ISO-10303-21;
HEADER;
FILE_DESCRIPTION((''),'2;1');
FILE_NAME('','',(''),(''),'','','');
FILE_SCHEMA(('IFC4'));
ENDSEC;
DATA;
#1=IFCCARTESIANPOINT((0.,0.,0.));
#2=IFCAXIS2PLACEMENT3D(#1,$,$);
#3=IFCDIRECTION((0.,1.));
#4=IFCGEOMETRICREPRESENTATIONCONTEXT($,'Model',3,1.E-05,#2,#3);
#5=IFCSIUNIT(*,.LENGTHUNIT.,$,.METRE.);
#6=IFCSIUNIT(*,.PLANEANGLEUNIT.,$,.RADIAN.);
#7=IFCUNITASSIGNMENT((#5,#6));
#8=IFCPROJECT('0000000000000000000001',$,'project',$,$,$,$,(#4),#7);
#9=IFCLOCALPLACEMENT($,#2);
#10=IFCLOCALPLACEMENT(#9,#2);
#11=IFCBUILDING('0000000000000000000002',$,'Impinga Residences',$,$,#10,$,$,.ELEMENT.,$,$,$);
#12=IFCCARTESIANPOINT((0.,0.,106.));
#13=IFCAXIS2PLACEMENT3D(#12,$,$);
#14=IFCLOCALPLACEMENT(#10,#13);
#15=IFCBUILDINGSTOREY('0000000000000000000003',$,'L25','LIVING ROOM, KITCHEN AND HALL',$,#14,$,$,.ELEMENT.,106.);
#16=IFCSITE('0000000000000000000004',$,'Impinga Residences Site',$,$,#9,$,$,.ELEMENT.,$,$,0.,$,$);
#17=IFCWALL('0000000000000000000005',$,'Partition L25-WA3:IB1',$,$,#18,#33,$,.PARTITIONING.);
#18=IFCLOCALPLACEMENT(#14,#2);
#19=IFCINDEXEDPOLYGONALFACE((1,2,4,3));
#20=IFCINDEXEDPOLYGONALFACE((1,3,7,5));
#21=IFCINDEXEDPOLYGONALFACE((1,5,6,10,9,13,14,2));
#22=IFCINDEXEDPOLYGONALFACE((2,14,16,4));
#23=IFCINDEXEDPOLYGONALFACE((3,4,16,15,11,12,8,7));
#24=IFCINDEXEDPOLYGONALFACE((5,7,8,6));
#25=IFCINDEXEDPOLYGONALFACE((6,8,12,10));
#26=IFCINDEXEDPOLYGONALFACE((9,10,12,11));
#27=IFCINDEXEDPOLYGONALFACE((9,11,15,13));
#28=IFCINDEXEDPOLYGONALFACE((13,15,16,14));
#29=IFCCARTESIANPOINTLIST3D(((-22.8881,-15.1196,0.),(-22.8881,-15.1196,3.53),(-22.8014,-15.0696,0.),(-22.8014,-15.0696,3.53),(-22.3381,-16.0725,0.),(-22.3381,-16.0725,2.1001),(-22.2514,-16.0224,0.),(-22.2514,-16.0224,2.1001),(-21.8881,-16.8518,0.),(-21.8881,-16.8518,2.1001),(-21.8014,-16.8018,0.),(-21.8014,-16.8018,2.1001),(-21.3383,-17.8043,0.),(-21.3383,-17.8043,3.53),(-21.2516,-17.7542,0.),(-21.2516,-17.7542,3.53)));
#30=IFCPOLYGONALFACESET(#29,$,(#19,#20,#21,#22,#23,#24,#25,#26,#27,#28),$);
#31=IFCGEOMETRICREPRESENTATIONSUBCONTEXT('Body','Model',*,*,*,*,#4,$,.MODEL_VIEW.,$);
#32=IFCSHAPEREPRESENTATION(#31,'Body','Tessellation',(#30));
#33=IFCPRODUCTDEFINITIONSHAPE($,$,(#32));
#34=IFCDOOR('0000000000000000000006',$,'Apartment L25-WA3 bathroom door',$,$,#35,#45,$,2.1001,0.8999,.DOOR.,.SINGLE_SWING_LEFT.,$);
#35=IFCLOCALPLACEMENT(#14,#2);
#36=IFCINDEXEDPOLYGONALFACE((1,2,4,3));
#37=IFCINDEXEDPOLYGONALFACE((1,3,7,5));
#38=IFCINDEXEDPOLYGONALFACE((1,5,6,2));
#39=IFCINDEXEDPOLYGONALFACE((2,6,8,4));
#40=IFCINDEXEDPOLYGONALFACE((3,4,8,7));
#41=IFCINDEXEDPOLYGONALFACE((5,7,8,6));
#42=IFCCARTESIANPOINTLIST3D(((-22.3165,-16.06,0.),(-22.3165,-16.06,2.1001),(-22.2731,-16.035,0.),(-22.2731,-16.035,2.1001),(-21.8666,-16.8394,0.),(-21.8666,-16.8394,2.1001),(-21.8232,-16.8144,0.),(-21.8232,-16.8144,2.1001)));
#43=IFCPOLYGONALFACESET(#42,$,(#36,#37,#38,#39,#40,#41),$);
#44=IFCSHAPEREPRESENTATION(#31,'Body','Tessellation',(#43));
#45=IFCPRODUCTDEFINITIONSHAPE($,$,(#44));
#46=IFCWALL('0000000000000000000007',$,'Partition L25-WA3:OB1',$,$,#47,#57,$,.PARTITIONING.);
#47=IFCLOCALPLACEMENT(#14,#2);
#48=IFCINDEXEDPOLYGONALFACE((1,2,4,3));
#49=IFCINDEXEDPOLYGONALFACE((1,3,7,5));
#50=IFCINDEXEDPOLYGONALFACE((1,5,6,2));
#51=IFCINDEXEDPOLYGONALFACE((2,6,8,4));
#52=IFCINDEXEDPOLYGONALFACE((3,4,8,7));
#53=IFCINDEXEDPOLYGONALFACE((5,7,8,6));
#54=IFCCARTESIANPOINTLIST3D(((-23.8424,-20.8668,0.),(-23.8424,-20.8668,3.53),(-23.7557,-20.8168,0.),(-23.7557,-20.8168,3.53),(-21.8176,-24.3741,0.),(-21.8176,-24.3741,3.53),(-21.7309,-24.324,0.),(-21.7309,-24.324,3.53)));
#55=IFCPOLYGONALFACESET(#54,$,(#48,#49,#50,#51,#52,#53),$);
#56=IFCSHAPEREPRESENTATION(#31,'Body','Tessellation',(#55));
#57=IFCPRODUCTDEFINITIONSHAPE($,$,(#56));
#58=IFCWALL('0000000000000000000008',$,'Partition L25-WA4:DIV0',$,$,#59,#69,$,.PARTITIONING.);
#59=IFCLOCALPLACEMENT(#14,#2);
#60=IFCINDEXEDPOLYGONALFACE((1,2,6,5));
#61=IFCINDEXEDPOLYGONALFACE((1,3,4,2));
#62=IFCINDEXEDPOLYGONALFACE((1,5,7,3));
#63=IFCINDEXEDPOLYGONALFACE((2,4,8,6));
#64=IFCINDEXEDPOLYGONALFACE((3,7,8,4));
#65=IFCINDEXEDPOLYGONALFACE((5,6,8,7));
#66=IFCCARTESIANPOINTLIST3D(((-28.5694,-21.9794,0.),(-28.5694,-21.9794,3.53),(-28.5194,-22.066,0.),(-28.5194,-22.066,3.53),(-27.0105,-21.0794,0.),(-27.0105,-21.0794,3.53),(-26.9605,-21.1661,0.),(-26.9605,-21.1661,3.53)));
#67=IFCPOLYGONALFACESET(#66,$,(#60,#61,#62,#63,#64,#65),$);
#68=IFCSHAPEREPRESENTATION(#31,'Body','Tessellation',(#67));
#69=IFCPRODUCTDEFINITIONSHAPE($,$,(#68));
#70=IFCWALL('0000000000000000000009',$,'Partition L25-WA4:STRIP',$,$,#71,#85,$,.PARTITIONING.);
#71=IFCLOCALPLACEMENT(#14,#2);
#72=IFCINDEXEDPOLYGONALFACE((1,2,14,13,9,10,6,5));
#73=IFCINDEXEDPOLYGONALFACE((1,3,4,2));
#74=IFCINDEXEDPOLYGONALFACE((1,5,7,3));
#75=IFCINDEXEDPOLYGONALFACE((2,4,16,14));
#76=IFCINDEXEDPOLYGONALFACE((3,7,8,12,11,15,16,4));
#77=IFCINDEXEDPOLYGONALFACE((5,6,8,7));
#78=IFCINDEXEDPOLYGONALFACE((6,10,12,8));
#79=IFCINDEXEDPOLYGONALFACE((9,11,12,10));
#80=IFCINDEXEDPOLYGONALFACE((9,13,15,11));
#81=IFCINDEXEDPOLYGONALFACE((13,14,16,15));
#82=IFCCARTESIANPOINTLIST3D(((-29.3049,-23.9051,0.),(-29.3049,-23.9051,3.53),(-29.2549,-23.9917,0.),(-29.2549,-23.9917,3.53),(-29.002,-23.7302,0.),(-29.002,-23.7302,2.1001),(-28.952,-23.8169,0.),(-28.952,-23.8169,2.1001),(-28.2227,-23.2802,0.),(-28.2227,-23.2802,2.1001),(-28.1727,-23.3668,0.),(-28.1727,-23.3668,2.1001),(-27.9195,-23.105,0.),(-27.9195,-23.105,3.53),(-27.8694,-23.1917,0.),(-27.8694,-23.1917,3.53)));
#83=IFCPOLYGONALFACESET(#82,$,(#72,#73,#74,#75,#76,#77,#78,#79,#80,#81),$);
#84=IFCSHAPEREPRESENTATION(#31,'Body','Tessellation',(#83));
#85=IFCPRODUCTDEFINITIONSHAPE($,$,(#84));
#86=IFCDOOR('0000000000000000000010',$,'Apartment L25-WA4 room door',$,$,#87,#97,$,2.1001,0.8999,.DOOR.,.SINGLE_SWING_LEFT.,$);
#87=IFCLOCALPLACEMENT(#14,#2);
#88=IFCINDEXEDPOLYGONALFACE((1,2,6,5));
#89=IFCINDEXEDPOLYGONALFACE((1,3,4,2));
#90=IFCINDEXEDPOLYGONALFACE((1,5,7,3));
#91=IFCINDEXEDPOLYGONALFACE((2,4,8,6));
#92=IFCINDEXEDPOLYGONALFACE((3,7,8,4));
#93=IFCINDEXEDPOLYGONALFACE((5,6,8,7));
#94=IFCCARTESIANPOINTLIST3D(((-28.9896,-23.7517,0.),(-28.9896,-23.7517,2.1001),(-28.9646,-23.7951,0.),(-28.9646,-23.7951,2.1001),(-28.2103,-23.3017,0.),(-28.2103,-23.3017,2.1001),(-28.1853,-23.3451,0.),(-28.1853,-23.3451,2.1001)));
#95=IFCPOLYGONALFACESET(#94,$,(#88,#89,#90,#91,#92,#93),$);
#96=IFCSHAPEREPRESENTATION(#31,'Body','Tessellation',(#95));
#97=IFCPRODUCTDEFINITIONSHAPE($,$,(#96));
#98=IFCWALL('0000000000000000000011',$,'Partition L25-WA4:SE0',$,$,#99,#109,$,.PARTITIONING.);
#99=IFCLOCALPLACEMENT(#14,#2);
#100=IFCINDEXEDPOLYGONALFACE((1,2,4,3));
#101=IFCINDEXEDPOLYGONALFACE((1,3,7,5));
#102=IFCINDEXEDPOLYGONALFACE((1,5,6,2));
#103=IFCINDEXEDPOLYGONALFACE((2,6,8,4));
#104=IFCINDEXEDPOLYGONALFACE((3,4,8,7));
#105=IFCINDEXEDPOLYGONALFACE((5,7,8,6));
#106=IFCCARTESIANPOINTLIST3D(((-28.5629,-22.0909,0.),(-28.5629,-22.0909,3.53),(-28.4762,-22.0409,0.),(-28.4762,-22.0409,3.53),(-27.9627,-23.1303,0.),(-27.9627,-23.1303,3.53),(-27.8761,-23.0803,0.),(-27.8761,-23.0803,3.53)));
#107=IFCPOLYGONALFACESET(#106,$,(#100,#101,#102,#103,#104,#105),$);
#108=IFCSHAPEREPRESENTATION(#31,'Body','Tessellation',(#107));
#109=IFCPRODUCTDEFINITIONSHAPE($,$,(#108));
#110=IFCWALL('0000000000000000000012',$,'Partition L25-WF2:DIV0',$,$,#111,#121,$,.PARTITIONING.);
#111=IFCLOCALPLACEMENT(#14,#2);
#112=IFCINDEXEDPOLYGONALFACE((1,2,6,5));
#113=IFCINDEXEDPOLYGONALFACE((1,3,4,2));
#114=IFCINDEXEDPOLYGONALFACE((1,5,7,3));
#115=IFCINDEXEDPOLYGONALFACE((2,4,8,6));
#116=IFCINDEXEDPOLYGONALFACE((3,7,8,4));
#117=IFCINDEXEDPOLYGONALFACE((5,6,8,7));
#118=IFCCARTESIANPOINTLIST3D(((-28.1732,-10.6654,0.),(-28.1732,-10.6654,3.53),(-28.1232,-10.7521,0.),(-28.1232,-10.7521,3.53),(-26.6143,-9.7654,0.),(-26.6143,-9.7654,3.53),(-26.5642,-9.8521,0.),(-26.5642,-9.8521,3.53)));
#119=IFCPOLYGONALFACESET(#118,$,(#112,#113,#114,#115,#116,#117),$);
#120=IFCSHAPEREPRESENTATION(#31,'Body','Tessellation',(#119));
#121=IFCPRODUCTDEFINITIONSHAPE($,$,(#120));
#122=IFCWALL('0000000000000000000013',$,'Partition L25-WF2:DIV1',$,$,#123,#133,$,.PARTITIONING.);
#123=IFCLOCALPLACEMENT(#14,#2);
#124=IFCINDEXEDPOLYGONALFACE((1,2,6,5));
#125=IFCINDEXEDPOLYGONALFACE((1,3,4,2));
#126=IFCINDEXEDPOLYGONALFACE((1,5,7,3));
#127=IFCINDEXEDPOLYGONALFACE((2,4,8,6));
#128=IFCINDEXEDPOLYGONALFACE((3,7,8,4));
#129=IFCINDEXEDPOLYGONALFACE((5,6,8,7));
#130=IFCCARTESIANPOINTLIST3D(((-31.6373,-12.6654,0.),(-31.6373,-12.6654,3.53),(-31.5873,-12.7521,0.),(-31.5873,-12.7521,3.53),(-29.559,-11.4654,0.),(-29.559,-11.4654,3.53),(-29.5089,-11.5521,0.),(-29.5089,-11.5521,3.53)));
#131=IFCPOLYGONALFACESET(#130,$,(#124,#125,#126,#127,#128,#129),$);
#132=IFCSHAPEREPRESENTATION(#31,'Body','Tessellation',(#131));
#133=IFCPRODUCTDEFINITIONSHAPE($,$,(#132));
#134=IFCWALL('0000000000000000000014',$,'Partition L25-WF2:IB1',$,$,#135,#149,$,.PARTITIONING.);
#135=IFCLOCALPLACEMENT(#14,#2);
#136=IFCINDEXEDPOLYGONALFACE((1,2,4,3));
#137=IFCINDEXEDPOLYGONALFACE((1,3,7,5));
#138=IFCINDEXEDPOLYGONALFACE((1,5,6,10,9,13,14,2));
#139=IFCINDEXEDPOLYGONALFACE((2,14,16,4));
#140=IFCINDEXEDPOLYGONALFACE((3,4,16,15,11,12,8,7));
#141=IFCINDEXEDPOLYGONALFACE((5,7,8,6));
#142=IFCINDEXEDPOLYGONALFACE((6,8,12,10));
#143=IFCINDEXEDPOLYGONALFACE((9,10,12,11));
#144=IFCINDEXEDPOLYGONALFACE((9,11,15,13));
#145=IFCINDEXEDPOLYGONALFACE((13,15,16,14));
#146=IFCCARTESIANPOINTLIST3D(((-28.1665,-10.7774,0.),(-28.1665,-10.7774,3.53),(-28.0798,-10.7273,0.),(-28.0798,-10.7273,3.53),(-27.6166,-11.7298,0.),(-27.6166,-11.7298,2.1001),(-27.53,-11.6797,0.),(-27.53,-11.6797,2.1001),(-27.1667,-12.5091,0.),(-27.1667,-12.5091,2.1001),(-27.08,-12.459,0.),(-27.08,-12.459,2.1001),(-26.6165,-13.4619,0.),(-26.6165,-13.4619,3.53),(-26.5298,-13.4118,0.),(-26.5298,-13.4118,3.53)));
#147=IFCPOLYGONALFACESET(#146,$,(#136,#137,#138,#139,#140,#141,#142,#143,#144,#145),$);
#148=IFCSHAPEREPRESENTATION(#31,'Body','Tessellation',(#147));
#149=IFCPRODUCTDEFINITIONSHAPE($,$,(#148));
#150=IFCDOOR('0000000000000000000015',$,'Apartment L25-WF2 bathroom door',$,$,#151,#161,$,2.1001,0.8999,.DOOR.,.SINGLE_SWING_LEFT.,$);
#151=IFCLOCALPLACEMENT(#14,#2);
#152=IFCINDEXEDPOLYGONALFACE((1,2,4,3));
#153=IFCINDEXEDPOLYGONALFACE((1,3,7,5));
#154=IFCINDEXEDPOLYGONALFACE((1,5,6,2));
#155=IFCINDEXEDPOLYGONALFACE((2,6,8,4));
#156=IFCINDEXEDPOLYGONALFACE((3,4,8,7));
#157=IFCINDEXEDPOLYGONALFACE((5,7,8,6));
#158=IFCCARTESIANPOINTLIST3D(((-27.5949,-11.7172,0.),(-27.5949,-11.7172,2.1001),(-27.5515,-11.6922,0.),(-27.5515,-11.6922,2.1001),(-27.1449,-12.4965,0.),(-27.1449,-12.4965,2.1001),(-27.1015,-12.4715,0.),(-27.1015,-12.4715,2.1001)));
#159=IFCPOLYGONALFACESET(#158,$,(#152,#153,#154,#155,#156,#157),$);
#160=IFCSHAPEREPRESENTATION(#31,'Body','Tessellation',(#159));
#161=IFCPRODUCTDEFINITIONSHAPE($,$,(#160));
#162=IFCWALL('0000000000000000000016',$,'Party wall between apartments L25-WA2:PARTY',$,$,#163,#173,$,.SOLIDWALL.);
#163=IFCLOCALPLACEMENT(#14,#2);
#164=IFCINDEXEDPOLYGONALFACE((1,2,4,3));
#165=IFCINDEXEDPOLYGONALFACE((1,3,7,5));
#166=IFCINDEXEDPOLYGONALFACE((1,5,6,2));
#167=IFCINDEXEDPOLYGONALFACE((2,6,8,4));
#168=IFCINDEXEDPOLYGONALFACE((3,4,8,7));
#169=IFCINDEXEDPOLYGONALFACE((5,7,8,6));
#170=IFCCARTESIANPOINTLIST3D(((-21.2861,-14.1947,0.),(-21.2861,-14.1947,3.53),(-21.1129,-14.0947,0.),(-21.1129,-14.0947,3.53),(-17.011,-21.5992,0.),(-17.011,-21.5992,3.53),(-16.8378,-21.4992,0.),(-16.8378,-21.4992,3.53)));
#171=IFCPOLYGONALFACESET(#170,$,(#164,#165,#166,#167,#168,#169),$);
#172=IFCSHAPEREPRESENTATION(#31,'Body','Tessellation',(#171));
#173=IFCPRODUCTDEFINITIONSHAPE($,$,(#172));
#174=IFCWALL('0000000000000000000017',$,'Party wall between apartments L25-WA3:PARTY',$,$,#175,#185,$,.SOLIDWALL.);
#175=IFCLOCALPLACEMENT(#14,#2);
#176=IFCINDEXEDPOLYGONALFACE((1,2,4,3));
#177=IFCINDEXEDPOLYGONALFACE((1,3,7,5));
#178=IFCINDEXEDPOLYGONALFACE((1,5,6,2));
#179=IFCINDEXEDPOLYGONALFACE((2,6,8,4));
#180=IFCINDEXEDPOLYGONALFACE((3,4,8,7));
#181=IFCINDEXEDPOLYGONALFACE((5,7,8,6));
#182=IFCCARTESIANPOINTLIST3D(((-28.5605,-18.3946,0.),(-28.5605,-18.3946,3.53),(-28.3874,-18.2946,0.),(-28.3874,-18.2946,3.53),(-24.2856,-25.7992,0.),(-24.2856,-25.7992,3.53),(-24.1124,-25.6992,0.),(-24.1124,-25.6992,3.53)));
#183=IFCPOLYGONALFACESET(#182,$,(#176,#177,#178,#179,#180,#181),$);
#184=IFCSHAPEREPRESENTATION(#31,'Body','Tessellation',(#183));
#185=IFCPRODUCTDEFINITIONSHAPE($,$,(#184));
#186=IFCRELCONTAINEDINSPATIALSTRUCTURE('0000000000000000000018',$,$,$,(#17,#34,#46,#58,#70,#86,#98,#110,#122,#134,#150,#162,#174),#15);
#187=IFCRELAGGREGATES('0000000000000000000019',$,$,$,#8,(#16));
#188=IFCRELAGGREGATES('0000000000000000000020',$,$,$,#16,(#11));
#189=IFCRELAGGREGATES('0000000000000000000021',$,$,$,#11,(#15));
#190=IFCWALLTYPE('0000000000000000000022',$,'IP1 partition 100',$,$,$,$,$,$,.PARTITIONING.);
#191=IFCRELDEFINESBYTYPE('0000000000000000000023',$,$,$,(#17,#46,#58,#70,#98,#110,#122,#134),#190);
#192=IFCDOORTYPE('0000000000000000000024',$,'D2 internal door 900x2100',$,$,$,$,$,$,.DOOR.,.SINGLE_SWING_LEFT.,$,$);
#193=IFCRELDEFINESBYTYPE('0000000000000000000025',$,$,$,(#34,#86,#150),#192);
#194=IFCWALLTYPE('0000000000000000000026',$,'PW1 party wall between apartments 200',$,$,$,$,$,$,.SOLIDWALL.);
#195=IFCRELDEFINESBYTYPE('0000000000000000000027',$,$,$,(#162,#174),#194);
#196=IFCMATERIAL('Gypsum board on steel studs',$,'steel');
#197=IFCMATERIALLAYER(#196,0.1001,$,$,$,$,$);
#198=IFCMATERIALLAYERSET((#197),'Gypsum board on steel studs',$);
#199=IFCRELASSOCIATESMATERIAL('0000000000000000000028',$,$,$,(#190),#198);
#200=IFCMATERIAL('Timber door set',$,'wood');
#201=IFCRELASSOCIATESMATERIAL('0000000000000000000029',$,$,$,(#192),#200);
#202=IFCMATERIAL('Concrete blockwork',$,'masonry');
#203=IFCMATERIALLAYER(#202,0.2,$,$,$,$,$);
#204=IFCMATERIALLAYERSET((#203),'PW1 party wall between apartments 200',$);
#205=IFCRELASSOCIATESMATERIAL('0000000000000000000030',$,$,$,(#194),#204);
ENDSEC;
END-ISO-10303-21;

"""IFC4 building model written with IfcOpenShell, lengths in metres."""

from ifc_helpers import new_model, si_unit, direction, frame, frame_2d, origin, place, context, subcontext, project, spatial, rectangle, extrude, material, layer, layer_set, type_object, element, fill, save


model = new_model("IFC4")

# Units and contexts
model_context = context("Model", 3, precision=1e-05, world=origin(), true_north=direction((0.0, 1.0)))
body_context = subcontext(model_context, "Body", "Model", "MODEL_VIEW")
ifc_project = project(units=[si_unit("LENGTHUNIT", "METRE"), si_unit("PLANEANGLEUNIT", "RADIAN")], contexts=[model_context])

# Site, building, storey
site_placement = place(None, origin())
site = spatial("IfcSite", under=ifc_project, at=site_placement, Name="Impinga Residences Site", CompositionType="ELEMENT", RefElevation=0.0)
building_placement = place(site_placement, origin())
building = spatial("IfcBuilding", under=site, at=building_placement, Name="Impinga Residences", CompositionType="ELEMENT")
storey_placement = place(building_placement, frame((0.0, 0.0, 106.0)))
storey = spatial("IfcBuildingStorey", under=building, at=storey_placement, Name="L25", Description="LIVING ROOM, KITCHEN AND HALL", CompositionType="ELEMENT", Elevation=106.0)

# Shared definitions
ifc_material_1 = material(Name="Gypsum board on steel studs", Category="steel")
ifc_layer_1 = layer(ifc_material_1, 0.1001)
ifc_layer_set_1 = layer_set([ifc_layer_1], Name="Gypsum board on steel studs")
wall_type_1 = type_object("IfcWallType", Name="IP1 partition 100", PredefinedType="PARTITIONING", material=ifc_layer_set_1)

# Shared definitions
ifc_material_2 = material(Name="Timber door set", Category="wood")
door_type = type_object("IfcDoorType", Name="D2 internal door 900x2100", OperationType="SINGLE_SWING_LEFT", PredefinedType="DOOR", material=ifc_material_2)

# Wall, opening, door
wall_1_placement = place(storey_placement, frame((-22.8447, -15.0947, 0.0), z_axis=(0.0, 0.0, 1.0), x_axis=(0.499968, -0.866044, 0.0)))
wall_1 = element("IfcWall", 1, at=wall_1_placement, inside=storey, type_object=wall_type_1, Name="Partition L25-WA3:IB1", PredefinedType="PARTITIONING", context=body_context, shape_type="SweptSolid", body=[
    extrude(rectangle(XDim=3.0999, YDim=0.1001, at=frame_2d((1.5498, 0.0))), origin(), (0.0, 0.0, 1.0), 3.53),
])
opening_1_placement = place(wall_1_placement, frame((1.1001, 0.0, 0.0)))
opening_1 = element("IfcOpeningElement", 2, at=opening_1_placement, cuts=wall_1, PredefinedType="OPENING", context=body_context, shape_type="SweptSolid", body=[
    extrude(rectangle(XDim=0.8999, YDim=2.1001, at=frame_2d((0.45, 1.05))), frame((0.0, 0.0601, 0.0), z_axis=(0.0, -1.0, 0.0), x_axis=(1.0, 0.0, 0.0)), (0.0, 0.0, 1.0), 0.1201),
])
door_1_placement = place(opening_1_placement, origin())
door_1 = element("IfcDoor", 3, at=door_1_placement, inside=storey, type_object=door_type, Name="Apartment L25-WA3 bathroom door", OperationType="SINGLE_SWING_LEFT", OverallHeight=2.1001, OverallWidth=0.8999, PredefinedType="DOOR", context=body_context, shape_type="SweptSolid", body=[
    extrude(rectangle(XDim=0.8999, YDim=2.1001, at=frame_2d((0.45, 1.05))), frame((0.0, 0.0249, 0.0), z_axis=(0.0, -1.0, 0.0), x_axis=(1.0, 0.0, 0.0)), (0.0, 0.0, 1.0), 0.05),
])
fill(opening_1, door_1)

# Walls
wall_2_placement = place(storey_placement, frame((-23.7991, -20.8418, 0.0), z_axis=(0.0, 0.0, 1.0), x_axis=(0.49999, -0.866031, 0.0)))
element("IfcWall", 4, at=wall_2_placement, inside=storey, type_object=wall_type_1, Name="Partition L25-WA3:OB1", PredefinedType="PARTITIONING", context=body_context, shape_type="SweptSolid", body=[
    extrude(rectangle(XDim=4.0498, YDim=0.1001, at=frame_2d((2.0249, 0.0))), origin(), (0.0, 0.0, 1.0), 3.53),
])
wall_3_placement = place(storey_placement, frame((-26.9856, -21.1228, 0.0), z_axis=(0.0, 0.0, 1.0), x_axis=(-0.866048, -0.499961, 0.0)))
element("IfcWall", 5, at=wall_3_placement, inside=storey, type_object=wall_type_1, Name="Partition L25-WA4:DIV0", PredefinedType="PARTITIONING", context=body_context, shape_type="SweptSolid", body=[
    extrude(rectangle(XDim=1.8, YDim=0.1001, at=frame_2d((0.8999, 0.0))), origin(), (0.0, 0.0, 1.0), 3.53),
])

# Wall, opening, door
wall_4_placement = place(storey_placement, frame((-27.8945, -23.1484, 0.0), z_axis=(0.0, 0.0, 1.0), x_axis=(-0.86599, -0.500061, 0.0)))
wall_4 = element("IfcWall", 6, at=wall_4_placement, inside=storey, type_object=wall_type_1, Name="Partition L25-WA4:STRIP", PredefinedType="PARTITIONING", context=body_context, shape_type="SweptSolid", body=[
    extrude(rectangle(XDim=1.5999, YDim=0.1001, at=frame_2d((0.7998, 0.0))), origin(), (0.0, 0.0, 1.0), 3.53),
])
opening_2_placement = place(wall_4_placement, frame((0.3501, 0.0, 0.0)))
opening_2 = element("IfcOpeningElement", 7, at=opening_2_placement, cuts=wall_4, PredefinedType="OPENING", context=body_context, shape_type="SweptSolid", body=[
    extrude(rectangle(XDim=0.8999, YDim=2.1001, at=frame_2d((0.45, 1.05))), frame((0.0, 0.0601, 0.0), z_axis=(0.0, -1.0, 0.0), x_axis=(1.0, 0.0, 0.0)), (0.0, 0.0, 1.0), 0.1201),
])
door_2_placement = place(opening_2_placement, origin())
door_2 = element("IfcDoor", 8, at=door_2_placement, inside=storey, type_object=door_type, Name="Apartment L25-WA4 room door", OperationType="SINGLE_SWING_LEFT", OverallHeight=2.1001, OverallWidth=0.8999, PredefinedType="DOOR", context=body_context, shape_type="SweptSolid", body=[
    extrude(rectangle(XDim=0.8999, YDim=2.1001, at=frame_2d((0.45, 1.05))), frame((0.0, 0.0249, 0.0), z_axis=(0.0, -1.0, 0.0), x_axis=(1.0, 0.0, 0.0)), (0.0, 0.0, 1.0), 0.05),
])
fill(opening_2, door_2)

# Walls
wall_5_placement = place(storey_placement, frame((-28.5195, -22.0659, 0.0), z_axis=(0.0, 0.0, 1.0), x_axis=(0.500034, -0.866006, 0.0)))
element("IfcWall", 9, at=wall_5_placement, inside=storey, type_object=wall_type_1, Name="Partition L25-WA4:SE0", PredefinedType="PARTITIONING", context=body_context, shape_type="SweptSolid", body=[
    extrude(rectangle(XDim=1.2002, YDim=0.1001, at=frame_2d((0.6001, 0.0))), origin(), (0.0, 0.0, 1.0), 3.53),
])
wall_6_placement = place(storey_placement, frame((-26.5894, -9.8088, 0.0), z_axis=(0.0, 0.0, 1.0), x_axis=(-0.866048, -0.499961, 0.0)))
element("IfcWall", 10, at=wall_6_placement, inside=storey, type_object=wall_type_1, Name="Partition L25-WF2:DIV0", PredefinedType="PARTITIONING", context=body_context, shape_type="SweptSolid", body=[
    extrude(rectangle(XDim=1.8, YDim=0.1001, at=frame_2d((0.8999, 0.0))), origin(), (0.0, 0.0, 1.0), 3.53),
])
wall_7_placement = place(storey_placement, frame((-29.5339, -11.5088, 0.0), z_axis=(0.0, 0.0, 1.0), x_axis=(-0.866025, -0.500001, 0.0)))
element("IfcWall", 11, at=wall_7_placement, inside=storey, type_object=wall_type_1, Name="Partition L25-WF2:DIV1", PredefinedType="PARTITIONING", context=body_context, shape_type="SweptSolid", body=[
    extrude(rectangle(XDim=2.3999, YDim=0.1001, at=frame_2d((1.2, 0.0))), origin(), (0.0, 0.0, 1.0), 3.53),
])

# Wall, opening, door
wall_8_placement = place(storey_placement, frame((-26.5732, -13.4368, 0.0), z_axis=(0.0, 0.0, 1.0), x_axis=(-0.500027, 0.86601, 0.0)))
wall_8 = element("IfcWall", 12, at=wall_8_placement, inside=storey, type_object=wall_type_1, Name="Partition L25-WF2:IB1", PredefinedType="PARTITIONING", context=body_context, shape_type="SweptSolid", body=[
    extrude(rectangle(XDim=3.0999, YDim=0.1001, at=frame_2d((1.5498, 0.0))), origin(), (0.0, 0.0, 1.0), 3.53),
])
opening_3_placement = place(wall_8_placement, frame((1.1001, 0.0, 0.0)))
opening_3 = element("IfcOpeningElement", 13, at=opening_3_placement, cuts=wall_8, PredefinedType="OPENING", context=body_context, shape_type="SweptSolid", body=[
    extrude(rectangle(XDim=0.8999, YDim=2.1001, at=frame_2d((0.45, 1.05))), frame((0.0, 0.0601, 0.0), z_axis=(0.0, -1.0, 0.0), x_axis=(1.0, 0.0, 0.0)), (0.0, 0.0, 1.0), 0.1201),
])
door_3_placement = place(opening_3_placement, origin())
door_3 = element("IfcDoor", 14, at=door_3_placement, inside=storey, type_object=door_type, Name="Apartment L25-WF2 bathroom door", OperationType="SINGLE_SWING_LEFT", OverallHeight=2.1001, OverallWidth=0.8999, PredefinedType="DOOR", context=body_context, shape_type="SweptSolid", body=[
    extrude(rectangle(XDim=0.8999, YDim=2.1001, at=frame_2d((0.45, 1.05))), frame((0.0, 0.0249, 0.0), z_axis=(0.0, -1.0, 0.0), x_axis=(1.0, 0.0, 0.0)), (0.0, 0.0, 1.0), 0.05),
])
fill(opening_3, door_3)

# Walls
ifc_material_3 = material(Name="Concrete blockwork", Category="masonry")
ifc_layer_2 = layer(ifc_material_3, 0.2)
ifc_layer_set_2 = layer_set([ifc_layer_2], Name="PW1 party wall between apartments 200")
wall_type_2 = type_object("IfcWallType", Name="PW1 party wall between apartments 200", PredefinedType="SOLIDWALL", material=ifc_layer_set_2)
for number, where, z_axis, x_axis, name in (
    (15, (-21.1995, -14.1448, 0.0), (0.0, 0.0, 1.0), (0.500012, -0.866019, 0.0), "Party wall between apartments L25-WA2:PARTY"),
    (16, (-28.4739, -18.3447, 0.0), (0.0, 0.0, 1.0), (0.49999, -0.866031, 0.0), "Party wall between apartments L25-WA3:PARTY"),
):
    element("IfcWall", number, at=place(storey_placement, frame(where, z_axis=z_axis, x_axis=x_axis)), inside=storey, type_object=wall_type_2, Name=name, PredefinedType="SOLIDWALL", context=body_context, shape_type="SweptSolid", body=[
        extrude(rectangle(XDim=8.55, YDim=0.2, at=frame_2d((4.2749, 0.0))), origin(), (0.0, 0.0, 1.0), 3.53),
    ])

save(model, "model.ifc")
